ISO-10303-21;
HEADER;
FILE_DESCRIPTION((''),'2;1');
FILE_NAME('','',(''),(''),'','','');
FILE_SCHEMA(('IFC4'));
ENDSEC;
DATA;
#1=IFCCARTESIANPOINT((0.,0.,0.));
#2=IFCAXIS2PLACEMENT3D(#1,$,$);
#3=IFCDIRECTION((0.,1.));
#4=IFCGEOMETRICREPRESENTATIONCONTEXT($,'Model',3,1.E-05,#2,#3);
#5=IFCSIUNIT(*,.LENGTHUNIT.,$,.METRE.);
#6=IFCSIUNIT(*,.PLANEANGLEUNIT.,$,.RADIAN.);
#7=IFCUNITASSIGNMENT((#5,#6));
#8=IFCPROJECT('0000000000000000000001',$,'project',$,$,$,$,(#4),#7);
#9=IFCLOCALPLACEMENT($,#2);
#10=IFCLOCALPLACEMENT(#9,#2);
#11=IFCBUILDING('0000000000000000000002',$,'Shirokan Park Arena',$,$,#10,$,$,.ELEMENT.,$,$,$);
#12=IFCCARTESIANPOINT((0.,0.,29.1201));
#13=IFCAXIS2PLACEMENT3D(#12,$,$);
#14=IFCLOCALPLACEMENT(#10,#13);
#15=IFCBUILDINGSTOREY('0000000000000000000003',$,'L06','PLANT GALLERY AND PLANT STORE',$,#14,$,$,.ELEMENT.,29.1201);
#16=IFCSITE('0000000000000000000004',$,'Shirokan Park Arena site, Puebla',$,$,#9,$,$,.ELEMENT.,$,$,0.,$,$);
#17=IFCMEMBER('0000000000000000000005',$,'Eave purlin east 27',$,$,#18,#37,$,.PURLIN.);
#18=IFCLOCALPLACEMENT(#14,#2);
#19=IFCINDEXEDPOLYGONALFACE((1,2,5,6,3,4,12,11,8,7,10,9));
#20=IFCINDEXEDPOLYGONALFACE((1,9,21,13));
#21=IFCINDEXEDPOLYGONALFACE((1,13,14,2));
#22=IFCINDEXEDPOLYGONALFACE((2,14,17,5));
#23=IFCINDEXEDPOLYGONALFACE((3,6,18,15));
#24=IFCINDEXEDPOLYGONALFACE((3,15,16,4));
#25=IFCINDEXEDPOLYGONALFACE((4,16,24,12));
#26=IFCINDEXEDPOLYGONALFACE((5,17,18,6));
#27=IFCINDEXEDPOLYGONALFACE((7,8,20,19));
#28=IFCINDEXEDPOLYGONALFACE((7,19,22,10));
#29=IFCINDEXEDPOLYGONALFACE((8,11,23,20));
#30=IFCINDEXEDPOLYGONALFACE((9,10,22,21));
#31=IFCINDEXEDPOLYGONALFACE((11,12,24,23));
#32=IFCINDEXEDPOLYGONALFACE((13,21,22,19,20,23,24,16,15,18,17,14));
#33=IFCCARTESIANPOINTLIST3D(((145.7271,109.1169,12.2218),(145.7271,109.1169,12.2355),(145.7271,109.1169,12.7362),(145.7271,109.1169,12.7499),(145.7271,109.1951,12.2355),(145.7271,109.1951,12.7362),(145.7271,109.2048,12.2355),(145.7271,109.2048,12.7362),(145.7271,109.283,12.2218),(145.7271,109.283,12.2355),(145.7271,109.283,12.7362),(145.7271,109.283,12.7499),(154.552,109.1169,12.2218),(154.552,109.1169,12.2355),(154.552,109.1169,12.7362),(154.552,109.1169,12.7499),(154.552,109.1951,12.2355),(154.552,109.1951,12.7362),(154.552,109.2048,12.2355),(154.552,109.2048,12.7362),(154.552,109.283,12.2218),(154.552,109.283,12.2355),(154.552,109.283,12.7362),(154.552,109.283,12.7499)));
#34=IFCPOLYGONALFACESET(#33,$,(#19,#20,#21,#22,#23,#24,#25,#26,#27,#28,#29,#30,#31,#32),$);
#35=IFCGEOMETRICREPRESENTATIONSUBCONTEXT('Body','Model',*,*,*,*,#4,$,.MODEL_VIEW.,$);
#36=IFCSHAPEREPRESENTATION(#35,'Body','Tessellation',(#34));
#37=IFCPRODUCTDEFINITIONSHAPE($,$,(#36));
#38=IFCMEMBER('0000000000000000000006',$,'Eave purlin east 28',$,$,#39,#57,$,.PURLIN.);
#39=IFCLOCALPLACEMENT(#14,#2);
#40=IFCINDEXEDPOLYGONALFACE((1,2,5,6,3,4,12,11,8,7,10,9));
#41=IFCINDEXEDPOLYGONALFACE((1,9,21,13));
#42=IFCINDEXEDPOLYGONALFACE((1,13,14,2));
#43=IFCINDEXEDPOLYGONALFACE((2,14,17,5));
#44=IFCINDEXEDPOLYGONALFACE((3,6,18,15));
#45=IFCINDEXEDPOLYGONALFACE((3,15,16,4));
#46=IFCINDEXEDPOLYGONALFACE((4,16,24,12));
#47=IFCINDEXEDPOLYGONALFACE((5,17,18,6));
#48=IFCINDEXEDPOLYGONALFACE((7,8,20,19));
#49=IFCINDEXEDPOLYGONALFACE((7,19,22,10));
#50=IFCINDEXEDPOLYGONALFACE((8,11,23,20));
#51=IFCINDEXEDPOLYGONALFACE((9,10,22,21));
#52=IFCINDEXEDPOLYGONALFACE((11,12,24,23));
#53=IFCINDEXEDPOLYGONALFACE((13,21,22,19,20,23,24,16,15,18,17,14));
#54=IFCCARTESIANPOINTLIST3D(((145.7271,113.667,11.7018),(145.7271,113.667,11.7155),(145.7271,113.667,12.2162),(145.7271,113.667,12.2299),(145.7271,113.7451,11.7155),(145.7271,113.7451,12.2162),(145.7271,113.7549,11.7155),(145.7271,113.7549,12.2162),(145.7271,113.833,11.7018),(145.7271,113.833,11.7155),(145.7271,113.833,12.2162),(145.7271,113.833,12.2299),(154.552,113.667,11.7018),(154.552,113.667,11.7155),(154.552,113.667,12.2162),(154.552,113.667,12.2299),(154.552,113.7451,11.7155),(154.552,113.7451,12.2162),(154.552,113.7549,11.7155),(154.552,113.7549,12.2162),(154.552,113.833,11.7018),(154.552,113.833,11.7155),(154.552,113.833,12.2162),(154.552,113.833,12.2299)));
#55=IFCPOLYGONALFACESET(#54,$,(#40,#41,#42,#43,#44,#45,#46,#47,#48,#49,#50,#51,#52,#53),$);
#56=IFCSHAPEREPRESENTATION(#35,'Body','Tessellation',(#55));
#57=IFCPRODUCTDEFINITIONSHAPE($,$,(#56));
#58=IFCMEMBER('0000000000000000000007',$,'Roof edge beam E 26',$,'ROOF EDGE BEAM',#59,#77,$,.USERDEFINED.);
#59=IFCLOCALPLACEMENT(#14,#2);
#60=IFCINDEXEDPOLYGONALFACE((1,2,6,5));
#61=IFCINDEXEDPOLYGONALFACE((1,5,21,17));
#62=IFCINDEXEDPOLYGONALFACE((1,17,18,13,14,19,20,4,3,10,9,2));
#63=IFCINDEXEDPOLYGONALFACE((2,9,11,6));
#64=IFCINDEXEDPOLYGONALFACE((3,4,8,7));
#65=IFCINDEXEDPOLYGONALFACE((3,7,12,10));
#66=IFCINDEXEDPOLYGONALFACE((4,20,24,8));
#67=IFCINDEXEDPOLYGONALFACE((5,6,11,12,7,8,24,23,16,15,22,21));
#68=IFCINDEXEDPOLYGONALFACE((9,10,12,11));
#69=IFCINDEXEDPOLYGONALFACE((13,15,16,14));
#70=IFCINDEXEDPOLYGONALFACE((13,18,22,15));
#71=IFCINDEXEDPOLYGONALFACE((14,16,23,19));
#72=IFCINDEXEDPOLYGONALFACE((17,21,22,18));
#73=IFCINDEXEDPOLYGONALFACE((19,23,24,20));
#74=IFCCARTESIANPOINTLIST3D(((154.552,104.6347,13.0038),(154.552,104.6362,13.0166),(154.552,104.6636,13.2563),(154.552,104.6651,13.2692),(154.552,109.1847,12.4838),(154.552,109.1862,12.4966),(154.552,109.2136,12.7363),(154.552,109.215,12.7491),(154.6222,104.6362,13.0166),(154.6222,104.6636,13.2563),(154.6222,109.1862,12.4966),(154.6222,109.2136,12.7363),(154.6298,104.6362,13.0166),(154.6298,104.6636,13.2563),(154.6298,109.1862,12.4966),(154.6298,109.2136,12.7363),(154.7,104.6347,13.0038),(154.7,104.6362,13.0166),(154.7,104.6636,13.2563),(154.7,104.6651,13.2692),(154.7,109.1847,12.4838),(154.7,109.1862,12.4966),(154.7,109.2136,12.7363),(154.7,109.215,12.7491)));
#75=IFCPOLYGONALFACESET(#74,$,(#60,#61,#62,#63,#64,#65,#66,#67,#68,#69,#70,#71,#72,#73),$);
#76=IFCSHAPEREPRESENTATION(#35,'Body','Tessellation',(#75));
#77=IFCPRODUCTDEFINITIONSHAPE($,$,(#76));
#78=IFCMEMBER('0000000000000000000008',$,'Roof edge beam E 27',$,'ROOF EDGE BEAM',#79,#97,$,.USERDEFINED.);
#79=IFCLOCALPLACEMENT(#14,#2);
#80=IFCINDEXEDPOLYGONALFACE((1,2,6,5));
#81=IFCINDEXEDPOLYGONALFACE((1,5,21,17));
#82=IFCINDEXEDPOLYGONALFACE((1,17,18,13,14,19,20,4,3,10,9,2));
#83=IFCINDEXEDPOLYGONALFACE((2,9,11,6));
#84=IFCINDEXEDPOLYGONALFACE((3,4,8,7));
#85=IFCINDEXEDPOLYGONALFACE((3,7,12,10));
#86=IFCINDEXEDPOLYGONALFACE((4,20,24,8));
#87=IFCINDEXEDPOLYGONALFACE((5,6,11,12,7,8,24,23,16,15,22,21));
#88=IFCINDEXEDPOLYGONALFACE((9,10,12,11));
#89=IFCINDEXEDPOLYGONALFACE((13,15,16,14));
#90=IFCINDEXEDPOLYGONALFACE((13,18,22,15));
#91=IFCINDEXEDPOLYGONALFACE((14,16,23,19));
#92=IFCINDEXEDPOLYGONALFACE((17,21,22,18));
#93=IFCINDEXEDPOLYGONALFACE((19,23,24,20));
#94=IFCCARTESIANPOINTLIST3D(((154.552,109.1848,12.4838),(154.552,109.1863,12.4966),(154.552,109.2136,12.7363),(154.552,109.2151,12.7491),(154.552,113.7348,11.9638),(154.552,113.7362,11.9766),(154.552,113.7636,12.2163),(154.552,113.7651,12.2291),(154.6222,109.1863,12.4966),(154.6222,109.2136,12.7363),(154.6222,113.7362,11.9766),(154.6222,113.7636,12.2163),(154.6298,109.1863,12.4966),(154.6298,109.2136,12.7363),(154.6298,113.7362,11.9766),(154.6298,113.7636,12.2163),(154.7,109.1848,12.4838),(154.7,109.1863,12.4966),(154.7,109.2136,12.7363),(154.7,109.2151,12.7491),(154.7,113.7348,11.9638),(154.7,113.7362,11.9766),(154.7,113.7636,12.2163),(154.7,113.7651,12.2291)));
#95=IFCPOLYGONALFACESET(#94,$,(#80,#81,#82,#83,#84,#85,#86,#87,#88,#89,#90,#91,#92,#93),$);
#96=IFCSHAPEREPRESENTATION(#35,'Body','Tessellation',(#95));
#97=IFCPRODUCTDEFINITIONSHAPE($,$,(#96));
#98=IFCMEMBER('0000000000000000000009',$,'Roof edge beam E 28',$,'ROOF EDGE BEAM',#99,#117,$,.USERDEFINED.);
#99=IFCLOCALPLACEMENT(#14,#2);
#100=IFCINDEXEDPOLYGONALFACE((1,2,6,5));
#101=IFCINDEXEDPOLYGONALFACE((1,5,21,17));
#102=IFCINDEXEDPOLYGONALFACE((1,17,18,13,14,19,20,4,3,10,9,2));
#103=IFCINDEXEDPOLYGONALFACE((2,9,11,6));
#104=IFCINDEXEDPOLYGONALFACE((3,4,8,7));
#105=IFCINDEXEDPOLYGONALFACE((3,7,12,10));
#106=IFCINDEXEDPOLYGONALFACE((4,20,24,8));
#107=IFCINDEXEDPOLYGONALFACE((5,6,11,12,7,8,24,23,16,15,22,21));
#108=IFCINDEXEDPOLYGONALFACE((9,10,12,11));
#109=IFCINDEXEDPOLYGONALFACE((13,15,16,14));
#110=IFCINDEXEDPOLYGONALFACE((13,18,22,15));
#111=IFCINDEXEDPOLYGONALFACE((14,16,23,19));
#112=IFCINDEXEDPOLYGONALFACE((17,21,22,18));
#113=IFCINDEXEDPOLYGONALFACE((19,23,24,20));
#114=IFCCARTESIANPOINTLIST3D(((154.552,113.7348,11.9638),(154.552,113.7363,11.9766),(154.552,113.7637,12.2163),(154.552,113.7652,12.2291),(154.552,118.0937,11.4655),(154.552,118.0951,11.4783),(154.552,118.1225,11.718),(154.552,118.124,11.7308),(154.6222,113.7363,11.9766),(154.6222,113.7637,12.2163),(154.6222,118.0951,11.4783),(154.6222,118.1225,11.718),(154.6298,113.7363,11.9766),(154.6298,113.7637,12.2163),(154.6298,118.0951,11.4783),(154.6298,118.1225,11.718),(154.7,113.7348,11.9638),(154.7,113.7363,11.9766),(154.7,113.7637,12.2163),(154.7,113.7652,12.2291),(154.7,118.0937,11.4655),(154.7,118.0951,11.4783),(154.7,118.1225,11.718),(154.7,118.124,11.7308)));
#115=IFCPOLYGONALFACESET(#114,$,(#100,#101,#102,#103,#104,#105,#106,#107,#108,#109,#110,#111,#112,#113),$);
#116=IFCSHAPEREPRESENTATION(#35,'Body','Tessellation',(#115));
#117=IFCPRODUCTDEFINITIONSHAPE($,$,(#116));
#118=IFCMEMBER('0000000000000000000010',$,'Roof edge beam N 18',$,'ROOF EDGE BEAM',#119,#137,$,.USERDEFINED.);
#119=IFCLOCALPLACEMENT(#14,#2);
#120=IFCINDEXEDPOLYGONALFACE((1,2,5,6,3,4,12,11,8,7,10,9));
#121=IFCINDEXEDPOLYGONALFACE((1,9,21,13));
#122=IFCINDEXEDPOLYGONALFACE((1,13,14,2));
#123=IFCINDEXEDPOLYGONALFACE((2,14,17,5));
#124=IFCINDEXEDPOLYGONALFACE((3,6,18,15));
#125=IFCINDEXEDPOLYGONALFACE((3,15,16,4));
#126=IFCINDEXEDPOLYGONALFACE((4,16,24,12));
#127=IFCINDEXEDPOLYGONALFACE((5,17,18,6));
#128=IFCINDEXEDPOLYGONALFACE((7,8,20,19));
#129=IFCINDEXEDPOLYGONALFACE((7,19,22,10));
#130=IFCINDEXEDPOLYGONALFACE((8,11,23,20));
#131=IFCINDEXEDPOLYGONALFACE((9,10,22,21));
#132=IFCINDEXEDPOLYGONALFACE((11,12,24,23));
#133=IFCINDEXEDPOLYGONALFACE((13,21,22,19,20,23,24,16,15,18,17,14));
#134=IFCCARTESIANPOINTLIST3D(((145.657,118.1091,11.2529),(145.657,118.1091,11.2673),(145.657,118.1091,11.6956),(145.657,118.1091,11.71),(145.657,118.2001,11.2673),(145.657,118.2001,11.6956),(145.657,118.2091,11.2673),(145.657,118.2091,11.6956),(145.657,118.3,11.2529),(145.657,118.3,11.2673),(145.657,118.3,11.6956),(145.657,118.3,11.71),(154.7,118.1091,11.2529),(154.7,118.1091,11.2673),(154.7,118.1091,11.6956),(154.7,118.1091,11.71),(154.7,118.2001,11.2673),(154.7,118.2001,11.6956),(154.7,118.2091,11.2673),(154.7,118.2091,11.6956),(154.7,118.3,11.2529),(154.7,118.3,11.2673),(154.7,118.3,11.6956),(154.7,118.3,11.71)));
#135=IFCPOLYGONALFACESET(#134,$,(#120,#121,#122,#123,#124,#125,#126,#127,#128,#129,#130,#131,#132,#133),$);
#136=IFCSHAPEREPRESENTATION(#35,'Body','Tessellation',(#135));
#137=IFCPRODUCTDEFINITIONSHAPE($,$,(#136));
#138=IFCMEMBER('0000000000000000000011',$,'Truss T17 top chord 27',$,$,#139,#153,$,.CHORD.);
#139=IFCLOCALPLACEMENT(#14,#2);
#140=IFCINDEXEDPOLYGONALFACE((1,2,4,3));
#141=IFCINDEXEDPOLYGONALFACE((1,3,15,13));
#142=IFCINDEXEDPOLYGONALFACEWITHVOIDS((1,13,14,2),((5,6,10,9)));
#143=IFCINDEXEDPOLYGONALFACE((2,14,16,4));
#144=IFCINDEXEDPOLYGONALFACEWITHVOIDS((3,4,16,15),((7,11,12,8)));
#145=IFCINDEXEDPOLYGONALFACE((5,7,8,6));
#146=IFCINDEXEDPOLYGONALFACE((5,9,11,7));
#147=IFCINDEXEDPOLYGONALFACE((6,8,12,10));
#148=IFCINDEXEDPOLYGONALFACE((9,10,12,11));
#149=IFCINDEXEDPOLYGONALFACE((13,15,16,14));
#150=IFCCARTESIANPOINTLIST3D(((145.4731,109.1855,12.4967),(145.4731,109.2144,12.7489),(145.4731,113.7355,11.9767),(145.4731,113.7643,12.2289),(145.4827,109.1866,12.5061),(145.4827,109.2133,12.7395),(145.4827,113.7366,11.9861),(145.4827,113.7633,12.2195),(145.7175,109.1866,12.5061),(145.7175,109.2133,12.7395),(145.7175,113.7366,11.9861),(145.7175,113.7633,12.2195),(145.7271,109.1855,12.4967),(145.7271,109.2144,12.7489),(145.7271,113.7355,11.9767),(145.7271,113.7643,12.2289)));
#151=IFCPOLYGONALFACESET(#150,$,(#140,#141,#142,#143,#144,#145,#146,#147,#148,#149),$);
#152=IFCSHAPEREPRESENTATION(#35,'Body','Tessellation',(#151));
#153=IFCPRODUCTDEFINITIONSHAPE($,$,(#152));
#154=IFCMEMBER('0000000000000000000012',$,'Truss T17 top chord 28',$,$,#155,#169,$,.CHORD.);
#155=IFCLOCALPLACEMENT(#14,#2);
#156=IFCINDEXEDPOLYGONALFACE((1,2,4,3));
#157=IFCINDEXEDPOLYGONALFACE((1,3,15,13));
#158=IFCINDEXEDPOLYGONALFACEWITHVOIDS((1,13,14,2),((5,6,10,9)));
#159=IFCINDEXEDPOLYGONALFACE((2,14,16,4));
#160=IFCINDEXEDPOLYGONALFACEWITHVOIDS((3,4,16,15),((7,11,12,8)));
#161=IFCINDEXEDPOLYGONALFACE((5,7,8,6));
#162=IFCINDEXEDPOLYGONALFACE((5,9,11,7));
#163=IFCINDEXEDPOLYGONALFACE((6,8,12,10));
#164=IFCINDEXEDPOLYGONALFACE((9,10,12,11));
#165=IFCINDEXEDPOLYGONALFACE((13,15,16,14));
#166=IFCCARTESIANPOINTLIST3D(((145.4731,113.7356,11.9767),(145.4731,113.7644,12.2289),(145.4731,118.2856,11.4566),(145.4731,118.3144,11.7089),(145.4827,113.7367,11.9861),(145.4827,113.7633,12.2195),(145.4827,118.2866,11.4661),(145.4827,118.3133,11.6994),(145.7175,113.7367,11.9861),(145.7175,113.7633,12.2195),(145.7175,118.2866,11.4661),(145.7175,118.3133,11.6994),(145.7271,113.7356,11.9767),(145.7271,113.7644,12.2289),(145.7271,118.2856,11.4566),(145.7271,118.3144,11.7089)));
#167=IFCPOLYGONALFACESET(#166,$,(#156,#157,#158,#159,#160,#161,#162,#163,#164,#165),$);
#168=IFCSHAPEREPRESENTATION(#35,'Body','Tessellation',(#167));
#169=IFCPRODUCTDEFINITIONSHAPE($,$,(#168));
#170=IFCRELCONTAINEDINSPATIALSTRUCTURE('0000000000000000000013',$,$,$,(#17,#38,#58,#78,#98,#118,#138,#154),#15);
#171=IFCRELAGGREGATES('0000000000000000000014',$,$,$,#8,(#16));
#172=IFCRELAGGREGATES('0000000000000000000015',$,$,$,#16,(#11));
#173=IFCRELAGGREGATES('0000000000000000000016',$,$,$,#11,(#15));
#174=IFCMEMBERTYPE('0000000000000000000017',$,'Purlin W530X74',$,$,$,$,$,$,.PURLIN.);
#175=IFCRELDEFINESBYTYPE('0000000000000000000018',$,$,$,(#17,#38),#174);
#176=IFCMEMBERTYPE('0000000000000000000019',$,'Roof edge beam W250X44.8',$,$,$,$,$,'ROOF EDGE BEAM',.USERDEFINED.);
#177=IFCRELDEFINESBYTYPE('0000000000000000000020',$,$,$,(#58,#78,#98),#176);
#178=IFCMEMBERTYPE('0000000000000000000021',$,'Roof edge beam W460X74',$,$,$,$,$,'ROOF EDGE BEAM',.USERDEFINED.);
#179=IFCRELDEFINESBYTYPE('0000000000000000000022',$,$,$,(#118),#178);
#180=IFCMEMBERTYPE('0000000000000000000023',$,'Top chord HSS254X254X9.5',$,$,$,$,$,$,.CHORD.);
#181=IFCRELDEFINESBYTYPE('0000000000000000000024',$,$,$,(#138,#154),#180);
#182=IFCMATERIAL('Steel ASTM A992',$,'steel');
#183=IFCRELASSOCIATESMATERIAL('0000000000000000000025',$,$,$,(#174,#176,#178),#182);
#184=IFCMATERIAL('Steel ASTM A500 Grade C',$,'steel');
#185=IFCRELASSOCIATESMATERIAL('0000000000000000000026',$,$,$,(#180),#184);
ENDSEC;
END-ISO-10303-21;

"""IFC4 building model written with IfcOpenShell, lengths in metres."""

from ifc_helpers import new_model, si_unit, direction, frame, origin, origin_2d, place, context, subcontext, project, spatial, hollow_rectangle, i_section, extrude, material, material_profile, profile_set, type_object, element, save


model = new_model("IFC4")

# Units and contexts
model_context = context("Model", 3, precision=1e-05, world=origin(), true_north=direction((0.0, 1.0)))
body_context = subcontext(model_context, "Body", "Model", "MODEL_VIEW")
ifc_project = project(units=[si_unit("LENGTHUNIT", "METRE"), si_unit("PLANEANGLEUNIT", "RADIAN")], contexts=[model_context])

# Site, building, storey
site_placement = place(None, origin())
site = spatial("IfcSite", under=ifc_project, at=site_placement, Name="Shirokan Park Arena site, Puebla", CompositionType="ELEMENT", RefElevation=0.0)
building_placement = place(site_placement, origin())
building = spatial("IfcBuilding", under=site, at=building_placement, Name="Shirokan Park Arena", CompositionType="ELEMENT")
storey_placement = place(building_placement, frame((0.0, 0.0, 29.1201)))
storey = spatial("IfcBuildingStorey", under=building, at=storey_placement, Name="L06", Description="PLANT GALLERY AND PLANT STORE", CompositionType="ELEMENT", Elevation=29.1201)

# Members
ifc_material_1 = material(Name="Steel ASTM A500 Grade C", Category="steel")
ifc_material_2 = material(Name="Steel ASTM A992", Category="steel")
ifc_material_profile_1 = material_profile(ifc_material_2, i_section(OverallWidth=0.166, OverallDepth=0.5281, WebThickness=0.0098, FlangeThickness=0.0137, at=origin_2d()), Name="W530X74")
ifc_profile_set_1 = profile_set([ifc_material_profile_1], Name="Steel ASTM A992")
member_type_1 = type_object("IfcMemberType", Name="Purlin W530X74", PredefinedType="PURLIN", material=ifc_profile_set_1)
for number, where, z_axis, x_axis, name in (
    (1, (145.7271, 109.2, 12.4858), (1.0, 0.0, 0.0), (0.0, 1.0, 0.0), "Eave purlin east 27"),
    (2, (145.7271, 113.75, 11.9658), (1.0, 0.0, 0.0), (0.0, 1.0, 0.0), "Eave purlin east 28"),
):
    element("IfcMember", number, at=place(storey_placement, frame(where, z_axis=z_axis, x_axis=x_axis)), inside=storey, type_object=member_type_1, Name=name, PredefinedType="PURLIN", context=body_context, shape_type="SweptSolid", body=[
        extrude(i_section(OverallWidth=0.166, OverallDepth=0.5281, WebThickness=0.0098, FlangeThickness=0.0137, at=origin_2d()), origin(), (0.0, 0.0, 1.0), 8.825),
    ])
ifc_material_profile_2 = material_profile(ifc_material_2, i_section(OverallWidth=0.1479, OverallDepth=0.2671, WebThickness=0.0076, FlangeThickness=0.0129, at=origin_2d()), Name="W250X44.8")
ifc_profile_set_2 = profile_set([ifc_material_profile_2], Name="Steel ASTM A992")
member_type_2 = type_object("IfcMemberType", Name="Roof edge beam W250X44.8", ElementType="ROOF EDGE BEAM", PredefinedType="USERDEFINED", material=ifc_profile_set_2)
for number, where, z_axis, x_axis, name in (
    (3, (154.626, 104.6499, 13.1365), (0.0, 0.993532, -0.11355), (-1.0, 0.0, 0.0), "Roof edge beam E 26"),
    (4, (154.626, 109.2, 12.6165), (0.0, 0.993532, -0.11355), (-1.0, 0.0, 0.0), "Roof edge beam E 27"),
):
    element("IfcMember", number, at=place(storey_placement, frame(where, z_axis=z_axis, x_axis=x_axis)), inside=storey, type_object=member_type_2, Name=name, ObjectType="ROOF EDGE BEAM", PredefinedType="USERDEFINED", context=body_context, shape_type="SweptSolid", body=[
        extrude(i_section(OverallWidth=0.1479, OverallDepth=0.2671, WebThickness=0.0076, FlangeThickness=0.0129, at=origin_2d()), origin(), (0.0, 0.0, 1.0), 4.5796),
    ])
member_1_placement = place(storey_placement, frame((154.626, 113.75, 12.0964), z_axis=(0.0, 0.993529, -0.113576), x_axis=(-1.0, 0.0, 0.0)))
element("IfcMember", 5, at=member_1_placement, inside=storey, type_object=member_type_2, Name="Roof edge beam E 28", ObjectType="ROOF EDGE BEAM", PredefinedType="USERDEFINED", context=body_context, shape_type="SweptSolid", body=[
    extrude(i_section(OverallWidth=0.1479, OverallDepth=0.2671, WebThickness=0.0076, FlangeThickness=0.0129, at=origin_2d()), origin(), (0.0, 0.0, 1.0), 4.3872),
])
ifc_material_profile_3 = material_profile(ifc_material_2, i_section(OverallWidth=0.1909, OverallDepth=0.457, WebThickness=0.009, FlangeThickness=0.0144, at=origin_2d()), Name="W460X74")
ifc_profile_set_3 = profile_set([ifc_material_profile_3], Name="Steel ASTM A992")
member_type_3 = type_object("IfcMemberType", Name="Roof edge beam W460X74", ElementType="ROOF EDGE BEAM", PredefinedType="USERDEFINED", material=ifc_profile_set_3)
member_2_placement = place(storey_placement, frame((145.657, 118.2046, 11.4814), z_axis=(1.0, 0.0, 0.0), x_axis=(0.0, 1.0, 0.0)))
element("IfcMember", 6, at=member_2_placement, inside=storey, type_object=member_type_3, Name="Roof edge beam N 18", ObjectType="ROOF EDGE BEAM", PredefinedType="USERDEFINED", context=body_context, shape_type="SweptSolid", body=[
    extrude(i_section(OverallWidth=0.1909, OverallDepth=0.457, WebThickness=0.009, FlangeThickness=0.0144, at=origin_2d()), origin(), (0.0, 0.0, 1.0), 9.043),
])
ifc_material_profile_4 = material_profile(ifc_material_1, hollow_rectangle(XDim=0.2539, YDim=0.2539, WallThickness=0.0095, at=origin_2d()), Name="HSS254X254X9.5")
ifc_profile_set_4 = profile_set([ifc_material_profile_4], Name="Steel ASTM A500 Grade C")
member_type_4 = type_object("IfcMemberType", Name="Top chord HSS254X254X9.5", PredefinedType="CHORD", material=ifc_profile_set_4)
for number, where, z_axis, x_axis, name in (
    (7, (145.6001, 109.2, 12.6228), (0.0, 0.993532, -0.11355), (-1.0, 0.0, 0.0), "Truss T17 top chord 27"),
    (8, (145.6001, 113.75, 12.1028), (0.0, 0.993532, -0.11355), (-1.0, 0.0, 0.0), "Truss T17 top chord 28"),
):
    element("IfcMember", number, at=place(storey_placement, frame(where, z_axis=z_axis, x_axis=x_axis)), inside=storey, type_object=member_type_4, Name=name, PredefinedType="CHORD", context=body_context, shape_type="SweptSolid", body=[
        extrude(hollow_rectangle(XDim=0.2539, YDim=0.2539, WallThickness=0.0095, at=origin_2d()), origin(), (0.0, 0.0, 1.0), 4.5796),
    ])

save(model, "model.ifc")
